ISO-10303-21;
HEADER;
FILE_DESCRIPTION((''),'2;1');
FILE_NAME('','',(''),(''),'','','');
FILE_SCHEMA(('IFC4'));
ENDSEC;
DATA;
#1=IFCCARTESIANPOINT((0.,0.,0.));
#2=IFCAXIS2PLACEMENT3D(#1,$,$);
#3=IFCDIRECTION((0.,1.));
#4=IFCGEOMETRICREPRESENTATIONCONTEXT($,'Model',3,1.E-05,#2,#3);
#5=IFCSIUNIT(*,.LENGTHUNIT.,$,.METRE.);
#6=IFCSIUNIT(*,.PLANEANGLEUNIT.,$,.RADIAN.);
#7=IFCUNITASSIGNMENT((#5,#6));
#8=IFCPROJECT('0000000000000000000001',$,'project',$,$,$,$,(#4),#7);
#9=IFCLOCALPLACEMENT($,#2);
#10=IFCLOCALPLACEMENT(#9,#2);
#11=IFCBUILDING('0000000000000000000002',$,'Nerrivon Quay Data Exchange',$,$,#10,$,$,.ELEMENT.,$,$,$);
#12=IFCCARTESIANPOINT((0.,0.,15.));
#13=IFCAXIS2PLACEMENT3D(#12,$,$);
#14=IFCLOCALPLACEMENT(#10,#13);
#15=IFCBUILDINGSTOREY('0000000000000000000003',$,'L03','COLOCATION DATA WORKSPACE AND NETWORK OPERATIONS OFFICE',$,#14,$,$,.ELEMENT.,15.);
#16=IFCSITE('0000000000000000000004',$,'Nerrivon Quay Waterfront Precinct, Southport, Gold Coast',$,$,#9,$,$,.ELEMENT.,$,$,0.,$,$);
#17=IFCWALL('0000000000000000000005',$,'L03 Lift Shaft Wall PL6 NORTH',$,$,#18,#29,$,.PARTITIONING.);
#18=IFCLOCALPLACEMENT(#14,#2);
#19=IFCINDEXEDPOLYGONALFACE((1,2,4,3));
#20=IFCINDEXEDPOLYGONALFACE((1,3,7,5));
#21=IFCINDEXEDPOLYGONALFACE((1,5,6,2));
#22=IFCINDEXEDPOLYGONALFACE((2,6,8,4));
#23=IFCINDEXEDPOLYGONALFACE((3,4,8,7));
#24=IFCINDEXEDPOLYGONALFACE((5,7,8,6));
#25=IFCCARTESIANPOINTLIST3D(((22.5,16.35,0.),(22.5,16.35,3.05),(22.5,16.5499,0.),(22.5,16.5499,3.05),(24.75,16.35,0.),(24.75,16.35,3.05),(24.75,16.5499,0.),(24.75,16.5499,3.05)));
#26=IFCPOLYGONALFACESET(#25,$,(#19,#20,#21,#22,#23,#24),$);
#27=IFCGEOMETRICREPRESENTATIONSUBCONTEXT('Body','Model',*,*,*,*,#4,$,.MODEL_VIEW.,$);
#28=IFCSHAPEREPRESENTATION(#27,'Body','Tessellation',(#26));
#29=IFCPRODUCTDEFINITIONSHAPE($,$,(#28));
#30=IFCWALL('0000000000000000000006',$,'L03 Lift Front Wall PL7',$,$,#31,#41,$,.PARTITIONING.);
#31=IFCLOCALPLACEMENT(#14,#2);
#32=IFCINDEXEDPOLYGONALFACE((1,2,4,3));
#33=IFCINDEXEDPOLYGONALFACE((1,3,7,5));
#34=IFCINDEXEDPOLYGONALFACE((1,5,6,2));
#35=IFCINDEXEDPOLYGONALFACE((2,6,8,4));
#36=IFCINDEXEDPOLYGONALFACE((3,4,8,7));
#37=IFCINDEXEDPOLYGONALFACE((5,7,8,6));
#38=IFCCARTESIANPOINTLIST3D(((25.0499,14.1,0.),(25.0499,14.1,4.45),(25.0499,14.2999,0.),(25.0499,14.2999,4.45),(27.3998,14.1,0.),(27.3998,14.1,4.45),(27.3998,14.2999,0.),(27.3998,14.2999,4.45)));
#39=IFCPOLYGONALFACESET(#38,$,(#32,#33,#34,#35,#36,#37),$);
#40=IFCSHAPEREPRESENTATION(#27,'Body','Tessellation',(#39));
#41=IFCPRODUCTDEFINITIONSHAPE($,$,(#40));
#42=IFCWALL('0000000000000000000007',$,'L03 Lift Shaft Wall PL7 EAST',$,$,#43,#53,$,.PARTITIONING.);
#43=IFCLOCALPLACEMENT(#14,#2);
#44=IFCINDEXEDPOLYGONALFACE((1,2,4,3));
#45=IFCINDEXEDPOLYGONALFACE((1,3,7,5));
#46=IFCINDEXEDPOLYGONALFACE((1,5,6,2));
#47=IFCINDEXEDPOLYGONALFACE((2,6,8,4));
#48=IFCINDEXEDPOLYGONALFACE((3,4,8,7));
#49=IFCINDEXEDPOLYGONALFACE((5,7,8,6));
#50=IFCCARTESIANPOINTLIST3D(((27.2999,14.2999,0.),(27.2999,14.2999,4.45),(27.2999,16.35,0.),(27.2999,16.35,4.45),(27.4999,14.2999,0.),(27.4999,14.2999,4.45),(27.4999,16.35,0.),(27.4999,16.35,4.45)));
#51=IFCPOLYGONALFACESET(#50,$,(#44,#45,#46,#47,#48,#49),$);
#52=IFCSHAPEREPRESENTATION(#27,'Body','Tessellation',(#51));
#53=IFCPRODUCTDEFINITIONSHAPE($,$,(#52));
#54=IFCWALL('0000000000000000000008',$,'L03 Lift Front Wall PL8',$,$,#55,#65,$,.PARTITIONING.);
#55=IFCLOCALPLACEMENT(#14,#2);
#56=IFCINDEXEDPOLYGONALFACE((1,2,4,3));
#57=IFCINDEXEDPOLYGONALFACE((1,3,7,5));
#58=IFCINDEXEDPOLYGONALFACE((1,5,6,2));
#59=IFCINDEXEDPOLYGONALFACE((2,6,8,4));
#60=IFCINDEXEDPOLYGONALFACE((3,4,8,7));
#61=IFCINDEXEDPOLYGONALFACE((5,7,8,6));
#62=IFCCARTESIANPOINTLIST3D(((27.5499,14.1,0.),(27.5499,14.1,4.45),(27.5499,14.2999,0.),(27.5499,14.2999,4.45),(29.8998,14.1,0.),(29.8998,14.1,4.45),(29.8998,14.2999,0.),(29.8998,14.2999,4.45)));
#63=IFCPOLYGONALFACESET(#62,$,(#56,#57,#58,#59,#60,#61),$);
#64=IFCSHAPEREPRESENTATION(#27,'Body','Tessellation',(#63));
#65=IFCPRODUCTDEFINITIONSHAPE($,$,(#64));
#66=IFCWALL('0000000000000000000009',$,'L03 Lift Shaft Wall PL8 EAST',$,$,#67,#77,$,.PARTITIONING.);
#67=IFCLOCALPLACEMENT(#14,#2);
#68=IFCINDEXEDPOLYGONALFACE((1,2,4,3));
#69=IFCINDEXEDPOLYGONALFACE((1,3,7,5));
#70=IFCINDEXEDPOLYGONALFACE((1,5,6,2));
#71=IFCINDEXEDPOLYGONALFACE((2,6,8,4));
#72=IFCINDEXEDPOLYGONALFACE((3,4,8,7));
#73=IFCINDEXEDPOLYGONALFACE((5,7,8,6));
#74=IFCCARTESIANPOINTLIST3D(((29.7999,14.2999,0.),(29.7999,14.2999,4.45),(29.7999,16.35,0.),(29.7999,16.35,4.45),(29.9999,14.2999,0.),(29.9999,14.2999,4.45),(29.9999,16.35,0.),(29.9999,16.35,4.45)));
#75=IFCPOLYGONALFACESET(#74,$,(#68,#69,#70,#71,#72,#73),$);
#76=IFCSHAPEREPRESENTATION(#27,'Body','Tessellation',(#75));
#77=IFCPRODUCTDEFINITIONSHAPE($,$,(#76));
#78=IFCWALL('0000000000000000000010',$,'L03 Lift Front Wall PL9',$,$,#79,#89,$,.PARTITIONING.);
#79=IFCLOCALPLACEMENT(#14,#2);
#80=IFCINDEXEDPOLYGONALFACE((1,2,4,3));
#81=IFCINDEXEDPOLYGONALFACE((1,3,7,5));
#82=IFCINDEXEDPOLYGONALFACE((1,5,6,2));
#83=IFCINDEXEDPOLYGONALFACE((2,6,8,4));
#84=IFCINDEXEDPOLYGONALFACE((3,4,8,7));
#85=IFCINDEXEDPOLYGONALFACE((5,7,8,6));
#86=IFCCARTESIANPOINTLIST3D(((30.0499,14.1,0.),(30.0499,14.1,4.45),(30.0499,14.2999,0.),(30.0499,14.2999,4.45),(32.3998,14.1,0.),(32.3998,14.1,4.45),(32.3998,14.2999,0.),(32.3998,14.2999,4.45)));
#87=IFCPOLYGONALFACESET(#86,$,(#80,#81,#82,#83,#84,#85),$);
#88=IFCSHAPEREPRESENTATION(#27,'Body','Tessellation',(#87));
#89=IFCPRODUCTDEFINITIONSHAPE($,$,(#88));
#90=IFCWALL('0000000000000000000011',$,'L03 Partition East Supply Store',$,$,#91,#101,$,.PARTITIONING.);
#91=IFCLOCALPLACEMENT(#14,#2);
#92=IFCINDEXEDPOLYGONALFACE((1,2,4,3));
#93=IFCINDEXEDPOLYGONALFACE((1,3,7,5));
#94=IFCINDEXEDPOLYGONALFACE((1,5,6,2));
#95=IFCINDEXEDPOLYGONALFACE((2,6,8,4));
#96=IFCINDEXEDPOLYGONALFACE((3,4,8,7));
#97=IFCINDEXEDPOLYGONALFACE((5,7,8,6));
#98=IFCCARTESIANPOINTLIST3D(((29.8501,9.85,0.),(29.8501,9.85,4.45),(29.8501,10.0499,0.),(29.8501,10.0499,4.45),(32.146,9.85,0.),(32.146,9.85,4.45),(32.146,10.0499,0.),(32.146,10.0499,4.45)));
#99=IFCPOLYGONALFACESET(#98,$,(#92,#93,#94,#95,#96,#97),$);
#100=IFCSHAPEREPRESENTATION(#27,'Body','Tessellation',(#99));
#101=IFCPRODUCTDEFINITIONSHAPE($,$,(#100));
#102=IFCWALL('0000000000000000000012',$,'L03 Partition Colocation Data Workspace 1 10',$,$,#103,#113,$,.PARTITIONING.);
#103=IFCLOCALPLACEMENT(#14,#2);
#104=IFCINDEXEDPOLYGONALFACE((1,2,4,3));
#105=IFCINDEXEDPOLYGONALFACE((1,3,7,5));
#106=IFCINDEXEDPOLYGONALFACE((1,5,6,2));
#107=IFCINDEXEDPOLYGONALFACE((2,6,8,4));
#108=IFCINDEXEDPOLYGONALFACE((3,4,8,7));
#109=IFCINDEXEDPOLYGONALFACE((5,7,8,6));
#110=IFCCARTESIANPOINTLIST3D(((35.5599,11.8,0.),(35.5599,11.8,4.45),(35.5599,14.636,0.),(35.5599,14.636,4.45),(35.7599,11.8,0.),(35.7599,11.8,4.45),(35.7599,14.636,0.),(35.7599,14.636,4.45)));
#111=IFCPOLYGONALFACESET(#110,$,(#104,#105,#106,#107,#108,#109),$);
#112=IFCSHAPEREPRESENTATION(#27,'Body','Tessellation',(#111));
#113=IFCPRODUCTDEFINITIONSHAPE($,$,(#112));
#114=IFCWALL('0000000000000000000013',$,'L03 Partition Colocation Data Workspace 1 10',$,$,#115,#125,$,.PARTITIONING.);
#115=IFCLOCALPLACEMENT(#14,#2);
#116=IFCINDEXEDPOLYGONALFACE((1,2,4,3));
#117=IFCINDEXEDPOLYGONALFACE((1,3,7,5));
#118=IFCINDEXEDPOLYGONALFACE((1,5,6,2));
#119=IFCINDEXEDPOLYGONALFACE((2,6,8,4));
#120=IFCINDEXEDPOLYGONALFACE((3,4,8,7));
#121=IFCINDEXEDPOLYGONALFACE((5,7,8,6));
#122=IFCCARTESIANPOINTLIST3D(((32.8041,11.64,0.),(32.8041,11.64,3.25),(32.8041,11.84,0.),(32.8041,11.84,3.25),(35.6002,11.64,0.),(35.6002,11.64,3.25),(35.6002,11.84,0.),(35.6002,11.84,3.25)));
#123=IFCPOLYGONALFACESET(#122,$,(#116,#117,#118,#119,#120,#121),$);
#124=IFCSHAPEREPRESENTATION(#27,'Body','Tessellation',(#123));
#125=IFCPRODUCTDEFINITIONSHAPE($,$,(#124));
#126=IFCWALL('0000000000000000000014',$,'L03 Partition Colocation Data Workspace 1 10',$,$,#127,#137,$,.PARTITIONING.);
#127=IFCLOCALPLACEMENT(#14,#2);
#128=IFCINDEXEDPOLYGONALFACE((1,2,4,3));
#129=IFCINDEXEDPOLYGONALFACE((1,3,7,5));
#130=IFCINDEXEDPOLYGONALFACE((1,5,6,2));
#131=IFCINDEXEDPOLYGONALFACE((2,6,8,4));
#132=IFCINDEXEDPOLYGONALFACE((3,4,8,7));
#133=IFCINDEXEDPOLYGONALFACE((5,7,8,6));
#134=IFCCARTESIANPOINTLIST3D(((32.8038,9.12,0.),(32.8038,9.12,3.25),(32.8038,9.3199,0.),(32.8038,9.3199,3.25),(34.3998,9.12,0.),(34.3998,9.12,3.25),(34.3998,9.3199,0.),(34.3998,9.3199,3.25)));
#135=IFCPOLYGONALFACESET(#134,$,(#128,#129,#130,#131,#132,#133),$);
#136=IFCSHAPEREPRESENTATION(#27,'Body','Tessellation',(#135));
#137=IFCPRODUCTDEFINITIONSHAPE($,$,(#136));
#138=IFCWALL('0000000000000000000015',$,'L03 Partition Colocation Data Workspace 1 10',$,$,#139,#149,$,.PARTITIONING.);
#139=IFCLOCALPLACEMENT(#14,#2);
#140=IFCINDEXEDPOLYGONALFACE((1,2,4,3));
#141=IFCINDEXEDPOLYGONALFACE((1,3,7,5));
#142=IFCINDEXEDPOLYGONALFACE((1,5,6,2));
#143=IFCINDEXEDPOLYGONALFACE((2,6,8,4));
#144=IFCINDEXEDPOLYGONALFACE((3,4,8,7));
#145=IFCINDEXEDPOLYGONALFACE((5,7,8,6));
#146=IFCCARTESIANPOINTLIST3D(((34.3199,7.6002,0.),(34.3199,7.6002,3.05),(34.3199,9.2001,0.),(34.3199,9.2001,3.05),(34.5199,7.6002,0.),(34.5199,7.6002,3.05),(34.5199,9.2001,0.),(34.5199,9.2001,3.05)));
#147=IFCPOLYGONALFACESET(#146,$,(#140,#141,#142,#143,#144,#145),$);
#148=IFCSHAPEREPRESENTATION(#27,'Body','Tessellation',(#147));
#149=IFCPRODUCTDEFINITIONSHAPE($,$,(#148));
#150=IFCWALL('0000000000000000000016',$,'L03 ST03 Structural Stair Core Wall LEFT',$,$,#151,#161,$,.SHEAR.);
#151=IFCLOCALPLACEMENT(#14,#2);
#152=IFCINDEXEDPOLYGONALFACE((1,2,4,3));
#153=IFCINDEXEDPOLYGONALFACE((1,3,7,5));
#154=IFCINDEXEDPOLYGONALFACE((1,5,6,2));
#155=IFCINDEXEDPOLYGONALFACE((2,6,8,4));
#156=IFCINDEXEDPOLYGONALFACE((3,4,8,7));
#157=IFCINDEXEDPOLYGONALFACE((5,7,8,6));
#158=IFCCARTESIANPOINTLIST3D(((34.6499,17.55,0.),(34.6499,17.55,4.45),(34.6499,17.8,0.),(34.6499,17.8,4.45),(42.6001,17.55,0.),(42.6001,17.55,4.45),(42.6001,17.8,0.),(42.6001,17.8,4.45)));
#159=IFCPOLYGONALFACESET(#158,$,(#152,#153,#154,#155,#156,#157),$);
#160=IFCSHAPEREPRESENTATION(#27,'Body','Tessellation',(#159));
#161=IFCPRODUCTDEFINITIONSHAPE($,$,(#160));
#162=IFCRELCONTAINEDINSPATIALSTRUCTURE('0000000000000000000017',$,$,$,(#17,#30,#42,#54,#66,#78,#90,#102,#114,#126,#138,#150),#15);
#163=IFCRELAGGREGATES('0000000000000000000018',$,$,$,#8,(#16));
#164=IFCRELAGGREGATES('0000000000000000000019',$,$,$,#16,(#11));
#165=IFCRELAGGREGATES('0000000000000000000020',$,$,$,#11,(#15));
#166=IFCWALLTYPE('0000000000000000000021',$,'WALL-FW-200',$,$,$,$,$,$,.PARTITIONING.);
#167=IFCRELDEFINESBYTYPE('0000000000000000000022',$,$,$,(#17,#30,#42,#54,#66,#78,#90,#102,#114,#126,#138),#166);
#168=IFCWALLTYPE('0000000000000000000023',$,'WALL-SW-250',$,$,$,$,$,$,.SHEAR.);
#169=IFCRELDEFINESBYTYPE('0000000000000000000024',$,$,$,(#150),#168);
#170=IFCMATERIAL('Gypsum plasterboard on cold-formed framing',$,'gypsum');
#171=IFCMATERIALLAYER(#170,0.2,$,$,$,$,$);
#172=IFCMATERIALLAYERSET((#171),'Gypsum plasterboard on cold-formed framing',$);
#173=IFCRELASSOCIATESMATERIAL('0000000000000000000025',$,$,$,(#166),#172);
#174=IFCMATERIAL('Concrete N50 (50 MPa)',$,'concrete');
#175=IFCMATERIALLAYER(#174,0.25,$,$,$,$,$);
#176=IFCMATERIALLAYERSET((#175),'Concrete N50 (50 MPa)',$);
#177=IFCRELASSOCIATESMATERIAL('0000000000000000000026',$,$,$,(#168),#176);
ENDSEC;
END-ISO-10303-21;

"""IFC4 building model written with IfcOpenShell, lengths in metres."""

from ifc_helpers import new_model, si_unit, direction, frame, frame_2d, origin, place, context, subcontext, project, spatial, rectangle, extrude, material, layer, layer_set, type_object, element, save


model = new_model("IFC4")

# Units and contexts
model_context = context("Model", 3, precision=1e-05, world=origin(), true_north=direction((0.0, 1.0)))
body_context = subcontext(model_context, "Body", "Model", "MODEL_VIEW")
ifc_project = project(units=[si_unit("LENGTHUNIT", "METRE"), si_unit("PLANEANGLEUNIT", "RADIAN")], contexts=[model_context])

# Site, building, storey
site_placement = place(None, origin())
site = spatial("IfcSite", under=ifc_project, at=site_placement, Name="Nerrivon Quay Waterfront Precinct, Southport, Gold Coast", CompositionType="ELEMENT", RefElevation=0.0)
building_placement = place(site_placement, origin())
building = spatial("IfcBuilding", under=site, at=building_placement, Name="Nerrivon Quay Data Exchange", CompositionType="ELEMENT")
storey_placement = place(building_placement, frame((0.0, 0.0, 15.0)))
storey = spatial("IfcBuildingStorey", under=building, at=storey_placement, Name="L03", Description="COLOCATION DATA WORKSPACE AND NETWORK OPERATIONS OFFICE", CompositionType="ELEMENT", Elevation=15.0)

# Walls
ifc_material_1 = material(Name="Gypsum plasterboard on cold-formed framing", Category="gypsum")
ifc_layer_1 = layer(ifc_material_1, 0.2)
ifc_layer_set_1 = layer_set([ifc_layer_1], Name="Gypsum plasterboard on cold-formed framing")
wall_type_1 = type_object("IfcWallType", Name="WALL-FW-200", PredefinedType="PARTITIONING", material=ifc_layer_set_1)
wall_1_placement = place(storey_placement, frame((22.5, 16.45, 0.0), z_axis=(0.0, 0.0, 1.0), x_axis=(1.0, 0.0, 0.0)))
element("IfcWall", 1, at=wall_1_placement, inside=storey, type_object=wall_type_1, Name="L03 Lift Shaft Wall PL6 NORTH", PredefinedType="PARTITIONING", context=body_context, shape_type="SweptSolid", body=[
    extrude(rectangle(XDim=2.25, YDim=0.2, at=frame_2d((1.125, 0.0))), origin(), (0.0, 0.0, 1.0), 3.05),
])
wall_2_placement = place(storey_placement, frame((25.05, 14.2, 0.0), z_axis=(0.0, 0.0, 1.0), x_axis=(1.0, 0.0, 0.0)))
element("IfcWall", 2, at=wall_2_placement, inside=storey, type_object=wall_type_1, Name="L03 Lift Front Wall PL7", PredefinedType="PARTITIONING", context=body_context, shape_type="SweptSolid", body=[
    extrude(rectangle(XDim=2.3499, YDim=0.2, at=frame_2d((1.1748, 0.0))), origin(), (0.0, 0.0, 1.0), 4.45),
])
wall_3_placement = place(storey_placement, frame((27.3999, 14.3, 0.0), z_axis=(0.0, 0.0, 1.0), x_axis=(0.0, 1.0, 0.0)))
element("IfcWall", 3, at=wall_3_placement, inside=storey, type_object=wall_type_1, Name="L03 Lift Shaft Wall PL7 EAST", PredefinedType="PARTITIONING", context=body_context, shape_type="SweptSolid", body=[
    extrude(rectangle(XDim=2.05, YDim=0.2, at=frame_2d((1.0249, 0.0))), origin(), (0.0, 0.0, 1.0), 4.45),
])
wall_4_placement = place(storey_placement, frame((27.55, 14.2, 0.0), z_axis=(0.0, 0.0, 1.0), x_axis=(1.0, 0.0, 0.0)))
element("IfcWall", 4, at=wall_4_placement, inside=storey, type_object=wall_type_1, Name="L03 Lift Front Wall PL8", PredefinedType="PARTITIONING", context=body_context, shape_type="SweptSolid", body=[
    extrude(rectangle(XDim=2.3499, YDim=0.2, at=frame_2d((1.1748, 0.0))), origin(), (0.0, 0.0, 1.0), 4.45),
])
wall_5_placement = place(storey_placement, frame((29.8999, 14.3, 0.0), z_axis=(0.0, 0.0, 1.0), x_axis=(0.0, 1.0, 0.0)))
element("IfcWall", 5, at=wall_5_placement, inside=storey, type_object=wall_type_1, Name="L03 Lift Shaft Wall PL8 EAST", PredefinedType="PARTITIONING", context=body_context, shape_type="SweptSolid", body=[
    extrude(rectangle(XDim=2.05, YDim=0.2, at=frame_2d((1.0249, 0.0))), origin(), (0.0, 0.0, 1.0), 4.45),
])
wall_6_placement = place(storey_placement, frame((30.05, 14.2, 0.0), z_axis=(0.0, 0.0, 1.0), x_axis=(1.0, 0.0, 0.0)))
element("IfcWall", 6, at=wall_6_placement, inside=storey, type_object=wall_type_1, Name="L03 Lift Front Wall PL9", PredefinedType="PARTITIONING", context=body_context, shape_type="SweptSolid", body=[
    extrude(rectangle(XDim=2.3499, YDim=0.2, at=frame_2d((1.1748, 0.0))), origin(), (0.0, 0.0, 1.0), 4.45),
])

# Walls
wall_7_placement = place(storey_placement, frame((29.8501, 9.95, 0.0), z_axis=(0.0, 0.0, 1.0), x_axis=(1.0, 0.0, 0.0)))
element("IfcWall", 7, at=wall_7_placement, inside=storey, type_object=wall_type_1, Name="L03 Partition East Supply Store", PredefinedType="PARTITIONING", context=body_context, shape_type="SweptSolid", body=[
    extrude(rectangle(XDim=2.2959, YDim=0.2, at=frame_2d((1.1479, 0.0))), origin(), (0.0, 0.0, 1.0), 4.45),
])
wall_8_placement = place(storey_placement, frame((35.6599, 14.636, 0.0), z_axis=(0.0, 0.0, 1.0), x_axis=(0.0, -1.0, 0.0)))
element("IfcWall", 8, at=wall_8_placement, inside=storey, type_object=wall_type_1, Name="L03 Partition Colocation Data Workspace 1 10", PredefinedType="PARTITIONING", context=body_context, shape_type="SweptSolid", body=[
    extrude(rectangle(XDim=2.8359, YDim=0.2, at=frame_2d((1.418, 0.0))), origin(), (0.0, 0.0, 1.0), 4.45),
])
wall_9_placement = place(storey_placement, frame((35.6001, 11.74, 0.0), z_axis=(0.0, 0.0, 1.0), x_axis=(-1.0, 0.0, 0.0)))
element("IfcWall", 9, at=wall_9_placement, inside=storey, type_object=wall_type_1, Name="L03 Partition Colocation Data Workspace 1 10", PredefinedType="PARTITIONING", context=body_context, shape_type="SweptSolid", body=[
    extrude(rectangle(XDim=2.7961, YDim=0.2, at=frame_2d((1.3979, 0.0))), origin(), (0.0, 0.0, 1.0), 3.25),
])
wall_10_placement = place(storey_placement, frame((32.804, 9.22, 0.0), z_axis=(0.0, 0.0, 1.0), x_axis=(1.0, 0.0, 0.0)))
element("IfcWall", 10, at=wall_10_placement, inside=storey, type_object=wall_type_1, Name="L03 Partition Colocation Data Workspace 1 10", PredefinedType="PARTITIONING", context=body_context, shape_type="SweptSolid", body=[
    extrude(rectangle(XDim=1.5959, YDim=0.2, at=frame_2d((0.7979, 0.0))), origin(), (0.0, 0.0, 1.0), 3.25),
])
wall_11_placement = place(storey_placement, frame((34.4199, 9.2, 0.0), z_axis=(0.0, 0.0, 1.0), x_axis=(0.0, -1.0, 0.0)))
element("IfcWall", 11, at=wall_11_placement, inside=storey, type_object=wall_type_1, Name="L03 Partition Colocation Data Workspace 1 10", PredefinedType="PARTITIONING", context=body_context, shape_type="SweptSolid", body=[
    extrude(rectangle(XDim=1.5999, YDim=0.2, at=frame_2d((0.7998, 0.0))), origin(), (0.0, 0.0, 1.0), 3.05),
])

# Shared definitions
ifc_material_2 = material(Name="Concrete N50 (50 MPa)", Category="concrete")
ifc_layer_2 = layer(ifc_material_2, 0.25)
ifc_layer_set_2 = layer_set([ifc_layer_2], Name="Concrete N50 (50 MPa)")
wall_type_2 = type_object("IfcWallType", Name="WALL-SW-250", PredefinedType="SHEAR", material=ifc_layer_set_2)

# Wall
wall_12_placement = place(storey_placement, frame((34.6499, 17.675, 0.0), z_axis=(0.0, 0.0, 1.0), x_axis=(1.0, 0.0, 0.0)))
element("IfcWall", 12, at=wall_12_placement, inside=storey, type_object=wall_type_2, Name="L03 ST03 Structural Stair Core Wall LEFT", PredefinedType="SHEAR", context=body_context, shape_type="SweptSolid", body=[
    extrude(rectangle(XDim=7.9502, YDim=0.25, at=frame_2d((3.9751, 0.0))), origin(), (0.0, 0.0, 1.0), 4.45),
])

save(model, "model.ifc")
